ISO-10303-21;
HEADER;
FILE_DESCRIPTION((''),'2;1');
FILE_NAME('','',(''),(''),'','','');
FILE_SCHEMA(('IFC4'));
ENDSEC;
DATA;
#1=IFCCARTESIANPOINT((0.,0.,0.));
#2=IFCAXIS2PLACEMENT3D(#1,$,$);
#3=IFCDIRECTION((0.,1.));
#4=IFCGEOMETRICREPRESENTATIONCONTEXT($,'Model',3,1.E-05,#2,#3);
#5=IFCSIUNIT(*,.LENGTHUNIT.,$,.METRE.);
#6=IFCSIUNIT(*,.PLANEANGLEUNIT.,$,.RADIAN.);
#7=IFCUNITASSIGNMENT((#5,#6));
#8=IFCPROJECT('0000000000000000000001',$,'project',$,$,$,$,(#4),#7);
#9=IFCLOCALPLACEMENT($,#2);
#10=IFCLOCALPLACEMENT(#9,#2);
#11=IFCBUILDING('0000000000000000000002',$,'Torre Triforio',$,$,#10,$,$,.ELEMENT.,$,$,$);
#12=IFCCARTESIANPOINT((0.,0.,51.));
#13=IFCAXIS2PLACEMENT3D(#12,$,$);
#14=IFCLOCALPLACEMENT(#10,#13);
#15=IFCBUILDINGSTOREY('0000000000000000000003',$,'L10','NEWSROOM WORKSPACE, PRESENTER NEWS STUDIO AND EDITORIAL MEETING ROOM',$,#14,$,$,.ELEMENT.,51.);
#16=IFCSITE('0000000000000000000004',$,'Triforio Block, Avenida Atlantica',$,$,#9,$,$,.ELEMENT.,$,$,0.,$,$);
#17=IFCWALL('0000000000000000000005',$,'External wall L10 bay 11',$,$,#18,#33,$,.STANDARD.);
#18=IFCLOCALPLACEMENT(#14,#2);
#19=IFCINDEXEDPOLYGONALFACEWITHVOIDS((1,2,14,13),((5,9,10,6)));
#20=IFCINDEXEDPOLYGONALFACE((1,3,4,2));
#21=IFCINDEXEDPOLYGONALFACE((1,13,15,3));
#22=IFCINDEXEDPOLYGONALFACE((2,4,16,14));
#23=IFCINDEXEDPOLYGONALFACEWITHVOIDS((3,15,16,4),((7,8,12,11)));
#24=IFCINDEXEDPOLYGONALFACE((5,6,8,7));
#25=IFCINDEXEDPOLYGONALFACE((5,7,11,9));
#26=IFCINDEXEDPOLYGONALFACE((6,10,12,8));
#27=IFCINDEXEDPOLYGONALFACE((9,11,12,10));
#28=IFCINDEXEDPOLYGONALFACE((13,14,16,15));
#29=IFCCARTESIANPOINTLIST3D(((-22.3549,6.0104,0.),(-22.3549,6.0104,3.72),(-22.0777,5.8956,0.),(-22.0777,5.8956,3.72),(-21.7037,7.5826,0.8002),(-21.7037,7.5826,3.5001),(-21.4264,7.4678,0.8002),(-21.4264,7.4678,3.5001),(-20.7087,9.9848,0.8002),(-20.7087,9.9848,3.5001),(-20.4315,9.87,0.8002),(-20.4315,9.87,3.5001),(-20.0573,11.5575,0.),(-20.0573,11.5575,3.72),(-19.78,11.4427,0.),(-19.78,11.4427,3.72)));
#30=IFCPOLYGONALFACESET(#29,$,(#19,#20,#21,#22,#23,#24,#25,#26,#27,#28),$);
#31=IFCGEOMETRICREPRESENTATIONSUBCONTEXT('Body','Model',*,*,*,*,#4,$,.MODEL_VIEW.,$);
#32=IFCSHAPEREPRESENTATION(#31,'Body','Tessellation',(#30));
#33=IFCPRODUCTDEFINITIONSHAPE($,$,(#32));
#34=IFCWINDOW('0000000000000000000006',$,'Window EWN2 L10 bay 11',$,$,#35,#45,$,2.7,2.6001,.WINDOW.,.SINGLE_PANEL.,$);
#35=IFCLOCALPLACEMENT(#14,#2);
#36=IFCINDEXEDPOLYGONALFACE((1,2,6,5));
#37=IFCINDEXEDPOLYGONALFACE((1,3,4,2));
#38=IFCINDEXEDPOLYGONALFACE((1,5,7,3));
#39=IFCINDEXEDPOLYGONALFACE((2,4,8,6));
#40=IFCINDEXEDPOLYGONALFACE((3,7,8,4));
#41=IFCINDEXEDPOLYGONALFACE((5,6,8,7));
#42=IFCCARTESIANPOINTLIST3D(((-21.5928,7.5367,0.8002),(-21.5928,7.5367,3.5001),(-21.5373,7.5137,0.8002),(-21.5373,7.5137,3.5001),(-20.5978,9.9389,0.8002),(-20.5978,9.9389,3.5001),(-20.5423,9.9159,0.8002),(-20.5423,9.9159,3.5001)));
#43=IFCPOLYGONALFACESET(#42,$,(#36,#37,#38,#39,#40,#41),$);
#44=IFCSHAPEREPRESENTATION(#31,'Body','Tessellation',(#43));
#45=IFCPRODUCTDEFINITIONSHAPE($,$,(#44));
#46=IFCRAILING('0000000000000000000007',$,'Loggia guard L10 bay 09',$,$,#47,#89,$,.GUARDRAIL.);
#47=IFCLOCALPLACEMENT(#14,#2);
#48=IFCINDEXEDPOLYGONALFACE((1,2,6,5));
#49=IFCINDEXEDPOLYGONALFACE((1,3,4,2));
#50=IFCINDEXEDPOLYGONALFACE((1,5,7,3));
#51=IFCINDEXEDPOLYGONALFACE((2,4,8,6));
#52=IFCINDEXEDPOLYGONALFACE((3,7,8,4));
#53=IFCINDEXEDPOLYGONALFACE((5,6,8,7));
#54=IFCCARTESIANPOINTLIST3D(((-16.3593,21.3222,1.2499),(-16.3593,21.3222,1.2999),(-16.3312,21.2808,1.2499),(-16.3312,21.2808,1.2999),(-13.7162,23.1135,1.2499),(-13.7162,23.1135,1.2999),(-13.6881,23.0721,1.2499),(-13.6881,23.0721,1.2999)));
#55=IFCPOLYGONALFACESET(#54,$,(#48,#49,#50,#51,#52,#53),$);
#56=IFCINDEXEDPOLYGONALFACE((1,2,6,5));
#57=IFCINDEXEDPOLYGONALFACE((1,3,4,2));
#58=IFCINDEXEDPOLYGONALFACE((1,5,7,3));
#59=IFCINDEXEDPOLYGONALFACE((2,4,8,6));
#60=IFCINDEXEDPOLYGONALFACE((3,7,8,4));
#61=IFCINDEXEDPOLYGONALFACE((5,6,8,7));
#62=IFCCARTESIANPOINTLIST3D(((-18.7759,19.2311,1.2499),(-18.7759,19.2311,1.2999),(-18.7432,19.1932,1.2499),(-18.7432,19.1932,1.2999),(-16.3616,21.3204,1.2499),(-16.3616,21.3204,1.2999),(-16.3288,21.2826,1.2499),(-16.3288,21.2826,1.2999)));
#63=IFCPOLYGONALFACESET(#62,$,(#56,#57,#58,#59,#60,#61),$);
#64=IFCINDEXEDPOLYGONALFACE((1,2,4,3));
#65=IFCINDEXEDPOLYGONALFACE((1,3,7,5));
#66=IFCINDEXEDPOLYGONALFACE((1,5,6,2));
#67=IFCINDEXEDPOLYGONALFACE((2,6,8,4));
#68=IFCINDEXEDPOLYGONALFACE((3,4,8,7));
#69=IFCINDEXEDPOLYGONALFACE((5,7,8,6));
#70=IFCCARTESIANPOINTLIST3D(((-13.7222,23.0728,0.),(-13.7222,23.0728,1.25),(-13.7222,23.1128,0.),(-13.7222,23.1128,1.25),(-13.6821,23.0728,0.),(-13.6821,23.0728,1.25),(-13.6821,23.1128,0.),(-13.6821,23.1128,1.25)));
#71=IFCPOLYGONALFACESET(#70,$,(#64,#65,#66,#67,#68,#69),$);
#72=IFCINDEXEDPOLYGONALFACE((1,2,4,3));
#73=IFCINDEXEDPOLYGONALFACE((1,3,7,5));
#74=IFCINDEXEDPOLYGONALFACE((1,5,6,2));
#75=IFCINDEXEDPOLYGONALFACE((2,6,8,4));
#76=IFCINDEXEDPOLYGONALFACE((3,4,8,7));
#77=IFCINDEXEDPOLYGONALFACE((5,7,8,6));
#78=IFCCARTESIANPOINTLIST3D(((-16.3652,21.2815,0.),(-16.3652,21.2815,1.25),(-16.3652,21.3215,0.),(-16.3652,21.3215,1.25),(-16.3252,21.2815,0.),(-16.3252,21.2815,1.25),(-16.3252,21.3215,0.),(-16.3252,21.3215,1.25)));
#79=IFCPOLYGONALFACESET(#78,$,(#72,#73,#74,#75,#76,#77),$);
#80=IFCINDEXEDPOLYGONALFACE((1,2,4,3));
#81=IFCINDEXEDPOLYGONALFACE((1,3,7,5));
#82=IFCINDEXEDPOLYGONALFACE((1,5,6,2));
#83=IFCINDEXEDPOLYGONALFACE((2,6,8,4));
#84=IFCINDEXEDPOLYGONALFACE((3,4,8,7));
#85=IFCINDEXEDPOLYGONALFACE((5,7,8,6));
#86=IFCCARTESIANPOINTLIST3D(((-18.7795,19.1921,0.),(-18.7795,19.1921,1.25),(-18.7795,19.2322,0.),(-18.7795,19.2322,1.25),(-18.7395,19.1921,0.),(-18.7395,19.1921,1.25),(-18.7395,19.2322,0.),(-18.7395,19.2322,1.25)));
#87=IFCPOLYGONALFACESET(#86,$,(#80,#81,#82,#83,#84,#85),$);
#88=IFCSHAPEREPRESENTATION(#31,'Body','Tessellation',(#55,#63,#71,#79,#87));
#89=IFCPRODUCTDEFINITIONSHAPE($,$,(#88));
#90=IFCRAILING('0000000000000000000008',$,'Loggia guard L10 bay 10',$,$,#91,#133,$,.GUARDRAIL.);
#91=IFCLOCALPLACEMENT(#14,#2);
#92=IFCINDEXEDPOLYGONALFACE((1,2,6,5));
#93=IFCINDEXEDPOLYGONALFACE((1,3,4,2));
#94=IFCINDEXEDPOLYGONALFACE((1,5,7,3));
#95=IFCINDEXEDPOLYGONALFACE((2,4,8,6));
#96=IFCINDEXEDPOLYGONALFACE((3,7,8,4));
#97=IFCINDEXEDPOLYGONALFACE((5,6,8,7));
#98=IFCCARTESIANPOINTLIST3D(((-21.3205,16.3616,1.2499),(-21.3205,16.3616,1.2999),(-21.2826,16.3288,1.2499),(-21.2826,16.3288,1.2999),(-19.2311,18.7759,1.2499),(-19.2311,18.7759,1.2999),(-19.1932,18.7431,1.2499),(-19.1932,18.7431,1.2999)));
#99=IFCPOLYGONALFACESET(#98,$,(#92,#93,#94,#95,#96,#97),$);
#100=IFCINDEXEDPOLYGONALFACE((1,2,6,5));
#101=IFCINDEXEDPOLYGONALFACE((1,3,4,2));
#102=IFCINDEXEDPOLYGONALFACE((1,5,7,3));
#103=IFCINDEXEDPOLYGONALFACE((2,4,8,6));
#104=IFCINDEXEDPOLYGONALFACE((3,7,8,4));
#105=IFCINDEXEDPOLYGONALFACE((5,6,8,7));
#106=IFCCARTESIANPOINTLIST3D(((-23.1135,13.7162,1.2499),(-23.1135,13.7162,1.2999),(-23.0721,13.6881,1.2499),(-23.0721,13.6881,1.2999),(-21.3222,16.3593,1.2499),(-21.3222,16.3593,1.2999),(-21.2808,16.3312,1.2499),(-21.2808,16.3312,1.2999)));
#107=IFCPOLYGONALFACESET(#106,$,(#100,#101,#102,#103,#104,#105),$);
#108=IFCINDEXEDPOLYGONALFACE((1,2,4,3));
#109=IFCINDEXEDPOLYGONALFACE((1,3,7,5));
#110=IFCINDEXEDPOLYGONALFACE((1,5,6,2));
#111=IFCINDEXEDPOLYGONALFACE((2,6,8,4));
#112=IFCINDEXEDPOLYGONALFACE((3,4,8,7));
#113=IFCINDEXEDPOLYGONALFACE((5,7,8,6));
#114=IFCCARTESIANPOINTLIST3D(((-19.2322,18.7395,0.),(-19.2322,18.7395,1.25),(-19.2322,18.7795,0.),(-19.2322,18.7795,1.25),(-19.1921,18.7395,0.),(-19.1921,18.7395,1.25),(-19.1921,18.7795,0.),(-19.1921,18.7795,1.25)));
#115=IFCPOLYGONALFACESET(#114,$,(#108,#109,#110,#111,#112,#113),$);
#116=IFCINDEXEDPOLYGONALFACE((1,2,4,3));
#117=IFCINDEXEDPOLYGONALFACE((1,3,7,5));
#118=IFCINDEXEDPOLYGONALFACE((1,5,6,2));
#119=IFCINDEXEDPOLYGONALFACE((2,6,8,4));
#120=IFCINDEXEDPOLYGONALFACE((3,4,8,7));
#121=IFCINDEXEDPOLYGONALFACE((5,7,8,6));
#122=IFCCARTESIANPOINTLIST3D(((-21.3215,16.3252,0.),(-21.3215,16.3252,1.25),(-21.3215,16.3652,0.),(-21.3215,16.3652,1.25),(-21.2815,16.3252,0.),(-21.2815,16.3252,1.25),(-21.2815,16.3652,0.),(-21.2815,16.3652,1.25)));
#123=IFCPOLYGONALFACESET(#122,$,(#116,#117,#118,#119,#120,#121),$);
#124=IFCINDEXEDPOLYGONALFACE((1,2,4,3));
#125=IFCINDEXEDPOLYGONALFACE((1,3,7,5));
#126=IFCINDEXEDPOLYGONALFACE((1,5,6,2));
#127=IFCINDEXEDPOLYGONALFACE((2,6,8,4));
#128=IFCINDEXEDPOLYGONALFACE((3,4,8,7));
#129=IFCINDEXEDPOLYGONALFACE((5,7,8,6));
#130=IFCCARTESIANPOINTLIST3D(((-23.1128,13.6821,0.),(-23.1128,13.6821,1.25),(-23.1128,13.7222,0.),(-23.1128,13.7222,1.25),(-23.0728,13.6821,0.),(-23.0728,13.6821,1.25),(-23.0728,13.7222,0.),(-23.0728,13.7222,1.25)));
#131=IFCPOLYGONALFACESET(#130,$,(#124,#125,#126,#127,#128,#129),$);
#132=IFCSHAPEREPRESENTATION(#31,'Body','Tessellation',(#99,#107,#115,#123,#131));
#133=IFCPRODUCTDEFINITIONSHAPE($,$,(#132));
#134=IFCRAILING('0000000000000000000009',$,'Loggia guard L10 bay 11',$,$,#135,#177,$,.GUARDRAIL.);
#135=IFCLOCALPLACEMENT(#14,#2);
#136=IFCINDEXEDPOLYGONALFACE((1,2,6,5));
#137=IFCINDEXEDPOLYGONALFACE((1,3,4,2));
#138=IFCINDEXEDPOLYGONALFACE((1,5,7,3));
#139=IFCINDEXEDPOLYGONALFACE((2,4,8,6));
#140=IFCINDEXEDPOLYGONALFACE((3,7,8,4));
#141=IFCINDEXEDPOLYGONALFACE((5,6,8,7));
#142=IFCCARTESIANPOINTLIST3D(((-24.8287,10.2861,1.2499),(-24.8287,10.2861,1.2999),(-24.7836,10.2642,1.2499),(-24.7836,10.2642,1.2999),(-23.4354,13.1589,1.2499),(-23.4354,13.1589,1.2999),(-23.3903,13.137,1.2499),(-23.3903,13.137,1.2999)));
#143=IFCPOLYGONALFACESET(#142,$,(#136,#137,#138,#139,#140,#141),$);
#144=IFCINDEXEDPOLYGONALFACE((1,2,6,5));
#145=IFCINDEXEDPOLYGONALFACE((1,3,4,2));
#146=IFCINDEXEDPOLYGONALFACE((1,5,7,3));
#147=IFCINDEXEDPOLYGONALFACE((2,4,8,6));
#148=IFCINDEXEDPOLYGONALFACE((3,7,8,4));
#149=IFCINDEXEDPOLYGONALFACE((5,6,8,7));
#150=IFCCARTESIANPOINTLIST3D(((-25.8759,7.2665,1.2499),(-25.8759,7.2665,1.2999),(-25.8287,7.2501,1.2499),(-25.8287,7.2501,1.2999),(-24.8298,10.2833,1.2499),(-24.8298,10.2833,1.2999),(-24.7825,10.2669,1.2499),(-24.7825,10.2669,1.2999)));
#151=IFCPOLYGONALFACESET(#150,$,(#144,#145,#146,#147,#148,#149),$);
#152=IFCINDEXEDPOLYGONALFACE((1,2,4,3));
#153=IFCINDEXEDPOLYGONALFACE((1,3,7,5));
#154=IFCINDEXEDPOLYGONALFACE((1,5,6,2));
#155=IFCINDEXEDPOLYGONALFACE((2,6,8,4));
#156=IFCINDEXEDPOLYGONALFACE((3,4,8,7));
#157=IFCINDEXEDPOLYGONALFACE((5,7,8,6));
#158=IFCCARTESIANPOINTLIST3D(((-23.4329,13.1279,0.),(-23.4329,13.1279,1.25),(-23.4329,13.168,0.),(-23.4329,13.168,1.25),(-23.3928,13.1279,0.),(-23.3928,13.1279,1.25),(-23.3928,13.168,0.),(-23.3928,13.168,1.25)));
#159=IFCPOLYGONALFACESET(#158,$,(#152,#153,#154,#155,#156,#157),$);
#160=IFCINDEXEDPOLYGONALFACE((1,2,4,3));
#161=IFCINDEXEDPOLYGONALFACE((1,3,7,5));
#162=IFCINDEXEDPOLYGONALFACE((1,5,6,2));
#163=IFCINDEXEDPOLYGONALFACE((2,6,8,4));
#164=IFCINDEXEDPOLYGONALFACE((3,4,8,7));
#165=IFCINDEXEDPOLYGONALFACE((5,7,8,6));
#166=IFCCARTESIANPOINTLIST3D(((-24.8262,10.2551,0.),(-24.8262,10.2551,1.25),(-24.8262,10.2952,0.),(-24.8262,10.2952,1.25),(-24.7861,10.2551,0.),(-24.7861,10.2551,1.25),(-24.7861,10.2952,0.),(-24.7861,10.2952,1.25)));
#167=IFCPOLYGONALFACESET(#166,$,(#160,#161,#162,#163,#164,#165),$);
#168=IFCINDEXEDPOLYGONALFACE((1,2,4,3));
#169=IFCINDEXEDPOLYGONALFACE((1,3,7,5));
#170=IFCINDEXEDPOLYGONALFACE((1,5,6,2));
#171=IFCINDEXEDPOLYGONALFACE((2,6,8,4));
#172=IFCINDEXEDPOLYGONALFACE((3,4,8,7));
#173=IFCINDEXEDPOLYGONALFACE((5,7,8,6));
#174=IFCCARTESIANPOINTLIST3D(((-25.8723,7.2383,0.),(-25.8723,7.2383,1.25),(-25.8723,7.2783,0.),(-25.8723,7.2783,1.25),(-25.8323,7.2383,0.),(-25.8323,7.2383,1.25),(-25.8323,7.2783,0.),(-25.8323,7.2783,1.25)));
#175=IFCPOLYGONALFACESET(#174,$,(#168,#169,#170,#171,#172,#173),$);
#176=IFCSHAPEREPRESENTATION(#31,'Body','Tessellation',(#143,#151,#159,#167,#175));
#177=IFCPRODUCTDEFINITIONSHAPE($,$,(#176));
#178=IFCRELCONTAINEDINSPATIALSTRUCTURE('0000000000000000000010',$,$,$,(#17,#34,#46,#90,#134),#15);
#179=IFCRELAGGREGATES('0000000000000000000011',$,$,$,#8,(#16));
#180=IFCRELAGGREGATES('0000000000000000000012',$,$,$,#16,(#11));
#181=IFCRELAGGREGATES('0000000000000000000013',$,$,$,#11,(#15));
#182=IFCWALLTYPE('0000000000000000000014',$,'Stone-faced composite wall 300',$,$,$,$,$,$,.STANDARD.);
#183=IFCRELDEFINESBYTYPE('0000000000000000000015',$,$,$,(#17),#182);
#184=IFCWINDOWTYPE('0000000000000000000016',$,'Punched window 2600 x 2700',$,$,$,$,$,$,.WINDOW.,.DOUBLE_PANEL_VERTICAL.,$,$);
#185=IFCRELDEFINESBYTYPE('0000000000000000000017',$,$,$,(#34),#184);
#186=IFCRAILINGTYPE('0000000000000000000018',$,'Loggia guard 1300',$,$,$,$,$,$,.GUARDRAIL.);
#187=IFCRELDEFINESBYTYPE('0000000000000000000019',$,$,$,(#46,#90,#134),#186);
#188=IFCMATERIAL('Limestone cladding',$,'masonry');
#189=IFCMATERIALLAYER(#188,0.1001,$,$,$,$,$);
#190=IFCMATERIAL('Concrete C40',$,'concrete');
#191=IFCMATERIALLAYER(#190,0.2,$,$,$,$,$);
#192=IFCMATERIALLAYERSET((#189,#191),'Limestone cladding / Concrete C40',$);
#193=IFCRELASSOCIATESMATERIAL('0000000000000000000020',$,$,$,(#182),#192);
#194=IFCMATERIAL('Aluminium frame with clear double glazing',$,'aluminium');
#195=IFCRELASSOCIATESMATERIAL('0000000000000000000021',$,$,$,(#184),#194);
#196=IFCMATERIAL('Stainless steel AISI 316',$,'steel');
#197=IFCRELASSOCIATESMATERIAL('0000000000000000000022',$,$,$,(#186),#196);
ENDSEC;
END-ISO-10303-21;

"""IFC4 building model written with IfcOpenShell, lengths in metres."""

from ifc_helpers import new_model, si_unit, direction, frame, frame_2d, origin, origin_2d, place, context, subcontext, project, spatial, rectangle, extrude, material, layer, layer_set, type_object, element, fill, save


model = new_model("IFC4")

# Units and contexts
model_context = context("Model", 3, precision=1e-05, world=origin(), true_north=direction((0.0, 1.0)))
body_context = subcontext(model_context, "Body", "Model", "MODEL_VIEW")
ifc_project = project(units=[si_unit("LENGTHUNIT", "METRE"), si_unit("PLANEANGLEUNIT", "RADIAN")], contexts=[model_context])

# Site, building, storey
site_placement = place(None, origin())
site = spatial("IfcSite", under=ifc_project, at=site_placement, Name="Triforio Block, Avenida Atlantica", CompositionType="ELEMENT", RefElevation=0.0)
building_placement = place(site_placement, origin())
building = spatial("IfcBuilding", under=site, at=building_placement, Name="Torre Triforio", CompositionType="ELEMENT")
storey_placement = place(building_placement, frame((0.0, 0.0, 51.0)))
storey = spatial("IfcBuildingStorey", under=building, at=storey_placement, Name="L10", Description="NEWSROOM WORKSPACE, PRESENTER NEWS STUDIO AND EDITORIAL MEETING ROOM", CompositionType="ELEMENT", Elevation=51.0)

# Shared definitions
ifc_material_1 = material(Name="Limestone cladding", Category="masonry")
ifc_material_2 = material(Name="Concrete C40", Category="concrete")

# Shared definitions
ifc_layer_1 = layer(ifc_material_1, 0.1001)
ifc_layer_2 = layer(ifc_material_2, 0.2)
ifc_layer_set_1 = layer_set([ifc_layer_1, ifc_layer_2], Name="Limestone cladding / Concrete C40")
wall_type_1 = type_object("IfcWallType", Name="Stone-faced composite wall 300", PredefinedType="STANDARD", material=ifc_layer_set_1)
ifc_material_3 = material(Name="Aluminium frame with clear double glazing", Category="aluminium")
window_type_1 = type_object("IfcWindowType", Name="Punched window 2600 x 2700", PartitioningType="DOUBLE_PANEL_VERTICAL", PredefinedType="WINDOW", material=ifc_material_3)

# Wall, opening, window
wall_1_placement = place(storey_placement, frame((-19.9187, 11.5, 0.0), z_axis=(0.0, 0.0, 1.0), x_axis=(-0.382671, -0.923885, 0.0)))
wall_1 = element("IfcWall", 1, at=wall_1_placement, inside=storey, type_object=wall_type_1, Name="External wall L10 bay 11", PredefinedType="STANDARD", context=body_context, shape_type="SweptSolid", body=[
    extrude(rectangle(XDim=6.0042, YDim=0.3, at=frame_2d((3.002, 0.0))), origin(), (0.0, 0.0, 1.0), 3.72),
])
opening_1_placement = place(wall_1_placement, frame((1.7021, 0.0, 0.8)))
opening_1 = element("IfcOpeningElement", 2, at=opening_1_placement, cuts=wall_1, PredefinedType="OPENING", context=body_context, shape_type="SweptSolid", body=[
    extrude(rectangle(XDim=2.6001, YDim=2.7, at=frame_2d((1.3, 1.3501))), frame((0.0, 0.1599, 0.0), z_axis=(0.0, -1.0, 0.0), x_axis=(1.0, 0.0, 0.0)), (0.0, 0.0, 1.0), 0.3201),
])
window_1_placement = place(opening_1_placement, origin())
window_1 = element("IfcWindow", 3, at=window_1_placement, inside=storey, type_object=window_type_1, Name="Window EWN2 L10 bay 11", OverallHeight=2.7, OverallWidth=2.6001, PartitioningType="SINGLE_PANEL", PredefinedType="WINDOW", context=body_context, shape_type="SweptSolid", body=[
    extrude(rectangle(XDim=2.6001, YDim=2.7, at=frame_2d((1.3, 1.3501))), frame((0.0, 0.03, 0.0), z_axis=(0.0, -1.0, 0.0), x_axis=(1.0, 0.0, 0.0)), (0.0, 0.0, 1.0), 0.0601),
])
fill(opening_1, window_1)

# Railings
ifc_material_4 = material(Name="Stainless steel AISI 316", Category="steel")
railing_type = type_object("IfcRailingType", Name="Loggia guard 1300", PredefinedType="GUARDRAIL", material=ifc_material_4)
railing_1_placement = place(storey_placement, frame((-13.7021, 23.0928, 0.0)))
element("IfcRailing", 4, at=railing_1_placement, inside=storey, type_object=railing_type, Name="Loggia guard L10 bay 09", PredefinedType="GUARDRAIL", context=body_context, shape_type="SweptSolid", body=[
    extrude(rectangle(XDim=0.05, YDim=0.05, at=origin_2d()), frame((0.0, 0.0, 1.2749), z_axis=(-0.827803, -0.561019, 0.0), x_axis=(0.561019, -0.827803, 0.0)), (0.0, 0.0, 1.0), 3.1929),
    extrude(rectangle(XDim=0.05, YDim=0.05, at=origin_2d()), frame((-2.6431, -1.7913, 1.2749), z_axis=(-0.756161, -0.654386, 0.0), x_axis=(0.654386, -0.756161, 0.0)), (0.0, 0.0, 1.0), 3.1929),
    extrude(rectangle(XDim=0.04, YDim=0.04, at=origin_2d()), origin(), (0.0, 0.0, 1.0), 1.25),
    extrude(rectangle(XDim=0.04, YDim=0.04, at=origin_2d()), frame((-2.6431, -1.7913, 0.0)), (0.0, 0.0, 1.0), 1.25),
    extrude(rectangle(XDim=0.04, YDim=0.04, at=origin_2d()), frame((-5.0574, -3.8806, 0.0)), (0.0, 0.0, 1.0), 1.25),
])
railing_2_placement = place(storey_placement, frame((-19.2122, 18.7595, 0.0)))
element("IfcRailing", 5, at=railing_2_placement, inside=storey, type_object=railing_type, Name="Loggia guard L10 bay 10", PredefinedType="GUARDRAIL", context=body_context, shape_type="SweptSolid", body=[
    extrude(rectangle(XDim=0.05, YDim=0.05, at=origin_2d()), frame((0.0, 0.0, 1.2749), z_axis=(-0.654386, -0.756161, 0.0), x_axis=(0.756161, -0.654386, 0.0)), (0.0, 0.0, 1.0), 3.1929),
    extrude(rectangle(XDim=0.05, YDim=0.05, at=origin_2d()), frame((-2.0894, -2.4143, 1.2749), z_axis=(-0.561019, -0.827803, 0.0), x_axis=(0.827803, -0.561019, 0.0)), (0.0, 0.0, 1.0), 3.1929),
    extrude(rectangle(XDim=0.04, YDim=0.04, at=origin_2d()), origin(), (0.0, 0.0, 1.0), 1.25),
    extrude(rectangle(XDim=0.04, YDim=0.04, at=origin_2d()), frame((-2.0894, -2.4143, 0.0)), (0.0, 0.0, 1.0), 1.25),
    extrude(rectangle(XDim=0.04, YDim=0.04, at=origin_2d()), frame((-3.8806, -5.0574, 0.0)), (0.0, 0.0, 1.0), 1.25),
])
railing_3_placement = place(storey_placement, frame((-23.4128, 13.1479, 0.0)))
element("IfcRailing", 6, at=railing_3_placement, inside=storey, type_object=railing_type, Name="Loggia guard L10 bay 11", PredefinedType="GUARDRAIL", context=body_context, shape_type="SweptSolid", body=[
    extrude(rectangle(XDim=0.05, YDim=0.05, at=origin_2d()), frame((0.0, 0.0, 1.2749), z_axis=(-0.436384, -0.89976, 0.0), x_axis=(0.89976, -0.436384, 0.0)), (0.0, 0.0, 1.0), 3.1929),
    extrude(rectangle(XDim=0.05, YDim=0.05, at=origin_2d()), frame((-1.3933, -2.8728, 1.2749), z_axis=(-0.327628, -0.944807, 0.0), x_axis=(0.944807, -0.327628, 0.0)), (0.0, 0.0, 1.0), 3.1931),
    extrude(rectangle(XDim=0.04, YDim=0.04, at=origin_2d()), origin(), (0.0, 0.0, 1.0), 1.25),
    extrude(rectangle(XDim=0.04, YDim=0.04, at=origin_2d()), frame((-1.3933, -2.8728, 0.0)), (0.0, 0.0, 1.0), 1.25),
    extrude(rectangle(XDim=0.04, YDim=0.04, at=origin_2d()), frame((-2.4395, -5.8896, 0.0)), (0.0, 0.0, 1.0), 1.25),
])

save(model, "model.ifc")
